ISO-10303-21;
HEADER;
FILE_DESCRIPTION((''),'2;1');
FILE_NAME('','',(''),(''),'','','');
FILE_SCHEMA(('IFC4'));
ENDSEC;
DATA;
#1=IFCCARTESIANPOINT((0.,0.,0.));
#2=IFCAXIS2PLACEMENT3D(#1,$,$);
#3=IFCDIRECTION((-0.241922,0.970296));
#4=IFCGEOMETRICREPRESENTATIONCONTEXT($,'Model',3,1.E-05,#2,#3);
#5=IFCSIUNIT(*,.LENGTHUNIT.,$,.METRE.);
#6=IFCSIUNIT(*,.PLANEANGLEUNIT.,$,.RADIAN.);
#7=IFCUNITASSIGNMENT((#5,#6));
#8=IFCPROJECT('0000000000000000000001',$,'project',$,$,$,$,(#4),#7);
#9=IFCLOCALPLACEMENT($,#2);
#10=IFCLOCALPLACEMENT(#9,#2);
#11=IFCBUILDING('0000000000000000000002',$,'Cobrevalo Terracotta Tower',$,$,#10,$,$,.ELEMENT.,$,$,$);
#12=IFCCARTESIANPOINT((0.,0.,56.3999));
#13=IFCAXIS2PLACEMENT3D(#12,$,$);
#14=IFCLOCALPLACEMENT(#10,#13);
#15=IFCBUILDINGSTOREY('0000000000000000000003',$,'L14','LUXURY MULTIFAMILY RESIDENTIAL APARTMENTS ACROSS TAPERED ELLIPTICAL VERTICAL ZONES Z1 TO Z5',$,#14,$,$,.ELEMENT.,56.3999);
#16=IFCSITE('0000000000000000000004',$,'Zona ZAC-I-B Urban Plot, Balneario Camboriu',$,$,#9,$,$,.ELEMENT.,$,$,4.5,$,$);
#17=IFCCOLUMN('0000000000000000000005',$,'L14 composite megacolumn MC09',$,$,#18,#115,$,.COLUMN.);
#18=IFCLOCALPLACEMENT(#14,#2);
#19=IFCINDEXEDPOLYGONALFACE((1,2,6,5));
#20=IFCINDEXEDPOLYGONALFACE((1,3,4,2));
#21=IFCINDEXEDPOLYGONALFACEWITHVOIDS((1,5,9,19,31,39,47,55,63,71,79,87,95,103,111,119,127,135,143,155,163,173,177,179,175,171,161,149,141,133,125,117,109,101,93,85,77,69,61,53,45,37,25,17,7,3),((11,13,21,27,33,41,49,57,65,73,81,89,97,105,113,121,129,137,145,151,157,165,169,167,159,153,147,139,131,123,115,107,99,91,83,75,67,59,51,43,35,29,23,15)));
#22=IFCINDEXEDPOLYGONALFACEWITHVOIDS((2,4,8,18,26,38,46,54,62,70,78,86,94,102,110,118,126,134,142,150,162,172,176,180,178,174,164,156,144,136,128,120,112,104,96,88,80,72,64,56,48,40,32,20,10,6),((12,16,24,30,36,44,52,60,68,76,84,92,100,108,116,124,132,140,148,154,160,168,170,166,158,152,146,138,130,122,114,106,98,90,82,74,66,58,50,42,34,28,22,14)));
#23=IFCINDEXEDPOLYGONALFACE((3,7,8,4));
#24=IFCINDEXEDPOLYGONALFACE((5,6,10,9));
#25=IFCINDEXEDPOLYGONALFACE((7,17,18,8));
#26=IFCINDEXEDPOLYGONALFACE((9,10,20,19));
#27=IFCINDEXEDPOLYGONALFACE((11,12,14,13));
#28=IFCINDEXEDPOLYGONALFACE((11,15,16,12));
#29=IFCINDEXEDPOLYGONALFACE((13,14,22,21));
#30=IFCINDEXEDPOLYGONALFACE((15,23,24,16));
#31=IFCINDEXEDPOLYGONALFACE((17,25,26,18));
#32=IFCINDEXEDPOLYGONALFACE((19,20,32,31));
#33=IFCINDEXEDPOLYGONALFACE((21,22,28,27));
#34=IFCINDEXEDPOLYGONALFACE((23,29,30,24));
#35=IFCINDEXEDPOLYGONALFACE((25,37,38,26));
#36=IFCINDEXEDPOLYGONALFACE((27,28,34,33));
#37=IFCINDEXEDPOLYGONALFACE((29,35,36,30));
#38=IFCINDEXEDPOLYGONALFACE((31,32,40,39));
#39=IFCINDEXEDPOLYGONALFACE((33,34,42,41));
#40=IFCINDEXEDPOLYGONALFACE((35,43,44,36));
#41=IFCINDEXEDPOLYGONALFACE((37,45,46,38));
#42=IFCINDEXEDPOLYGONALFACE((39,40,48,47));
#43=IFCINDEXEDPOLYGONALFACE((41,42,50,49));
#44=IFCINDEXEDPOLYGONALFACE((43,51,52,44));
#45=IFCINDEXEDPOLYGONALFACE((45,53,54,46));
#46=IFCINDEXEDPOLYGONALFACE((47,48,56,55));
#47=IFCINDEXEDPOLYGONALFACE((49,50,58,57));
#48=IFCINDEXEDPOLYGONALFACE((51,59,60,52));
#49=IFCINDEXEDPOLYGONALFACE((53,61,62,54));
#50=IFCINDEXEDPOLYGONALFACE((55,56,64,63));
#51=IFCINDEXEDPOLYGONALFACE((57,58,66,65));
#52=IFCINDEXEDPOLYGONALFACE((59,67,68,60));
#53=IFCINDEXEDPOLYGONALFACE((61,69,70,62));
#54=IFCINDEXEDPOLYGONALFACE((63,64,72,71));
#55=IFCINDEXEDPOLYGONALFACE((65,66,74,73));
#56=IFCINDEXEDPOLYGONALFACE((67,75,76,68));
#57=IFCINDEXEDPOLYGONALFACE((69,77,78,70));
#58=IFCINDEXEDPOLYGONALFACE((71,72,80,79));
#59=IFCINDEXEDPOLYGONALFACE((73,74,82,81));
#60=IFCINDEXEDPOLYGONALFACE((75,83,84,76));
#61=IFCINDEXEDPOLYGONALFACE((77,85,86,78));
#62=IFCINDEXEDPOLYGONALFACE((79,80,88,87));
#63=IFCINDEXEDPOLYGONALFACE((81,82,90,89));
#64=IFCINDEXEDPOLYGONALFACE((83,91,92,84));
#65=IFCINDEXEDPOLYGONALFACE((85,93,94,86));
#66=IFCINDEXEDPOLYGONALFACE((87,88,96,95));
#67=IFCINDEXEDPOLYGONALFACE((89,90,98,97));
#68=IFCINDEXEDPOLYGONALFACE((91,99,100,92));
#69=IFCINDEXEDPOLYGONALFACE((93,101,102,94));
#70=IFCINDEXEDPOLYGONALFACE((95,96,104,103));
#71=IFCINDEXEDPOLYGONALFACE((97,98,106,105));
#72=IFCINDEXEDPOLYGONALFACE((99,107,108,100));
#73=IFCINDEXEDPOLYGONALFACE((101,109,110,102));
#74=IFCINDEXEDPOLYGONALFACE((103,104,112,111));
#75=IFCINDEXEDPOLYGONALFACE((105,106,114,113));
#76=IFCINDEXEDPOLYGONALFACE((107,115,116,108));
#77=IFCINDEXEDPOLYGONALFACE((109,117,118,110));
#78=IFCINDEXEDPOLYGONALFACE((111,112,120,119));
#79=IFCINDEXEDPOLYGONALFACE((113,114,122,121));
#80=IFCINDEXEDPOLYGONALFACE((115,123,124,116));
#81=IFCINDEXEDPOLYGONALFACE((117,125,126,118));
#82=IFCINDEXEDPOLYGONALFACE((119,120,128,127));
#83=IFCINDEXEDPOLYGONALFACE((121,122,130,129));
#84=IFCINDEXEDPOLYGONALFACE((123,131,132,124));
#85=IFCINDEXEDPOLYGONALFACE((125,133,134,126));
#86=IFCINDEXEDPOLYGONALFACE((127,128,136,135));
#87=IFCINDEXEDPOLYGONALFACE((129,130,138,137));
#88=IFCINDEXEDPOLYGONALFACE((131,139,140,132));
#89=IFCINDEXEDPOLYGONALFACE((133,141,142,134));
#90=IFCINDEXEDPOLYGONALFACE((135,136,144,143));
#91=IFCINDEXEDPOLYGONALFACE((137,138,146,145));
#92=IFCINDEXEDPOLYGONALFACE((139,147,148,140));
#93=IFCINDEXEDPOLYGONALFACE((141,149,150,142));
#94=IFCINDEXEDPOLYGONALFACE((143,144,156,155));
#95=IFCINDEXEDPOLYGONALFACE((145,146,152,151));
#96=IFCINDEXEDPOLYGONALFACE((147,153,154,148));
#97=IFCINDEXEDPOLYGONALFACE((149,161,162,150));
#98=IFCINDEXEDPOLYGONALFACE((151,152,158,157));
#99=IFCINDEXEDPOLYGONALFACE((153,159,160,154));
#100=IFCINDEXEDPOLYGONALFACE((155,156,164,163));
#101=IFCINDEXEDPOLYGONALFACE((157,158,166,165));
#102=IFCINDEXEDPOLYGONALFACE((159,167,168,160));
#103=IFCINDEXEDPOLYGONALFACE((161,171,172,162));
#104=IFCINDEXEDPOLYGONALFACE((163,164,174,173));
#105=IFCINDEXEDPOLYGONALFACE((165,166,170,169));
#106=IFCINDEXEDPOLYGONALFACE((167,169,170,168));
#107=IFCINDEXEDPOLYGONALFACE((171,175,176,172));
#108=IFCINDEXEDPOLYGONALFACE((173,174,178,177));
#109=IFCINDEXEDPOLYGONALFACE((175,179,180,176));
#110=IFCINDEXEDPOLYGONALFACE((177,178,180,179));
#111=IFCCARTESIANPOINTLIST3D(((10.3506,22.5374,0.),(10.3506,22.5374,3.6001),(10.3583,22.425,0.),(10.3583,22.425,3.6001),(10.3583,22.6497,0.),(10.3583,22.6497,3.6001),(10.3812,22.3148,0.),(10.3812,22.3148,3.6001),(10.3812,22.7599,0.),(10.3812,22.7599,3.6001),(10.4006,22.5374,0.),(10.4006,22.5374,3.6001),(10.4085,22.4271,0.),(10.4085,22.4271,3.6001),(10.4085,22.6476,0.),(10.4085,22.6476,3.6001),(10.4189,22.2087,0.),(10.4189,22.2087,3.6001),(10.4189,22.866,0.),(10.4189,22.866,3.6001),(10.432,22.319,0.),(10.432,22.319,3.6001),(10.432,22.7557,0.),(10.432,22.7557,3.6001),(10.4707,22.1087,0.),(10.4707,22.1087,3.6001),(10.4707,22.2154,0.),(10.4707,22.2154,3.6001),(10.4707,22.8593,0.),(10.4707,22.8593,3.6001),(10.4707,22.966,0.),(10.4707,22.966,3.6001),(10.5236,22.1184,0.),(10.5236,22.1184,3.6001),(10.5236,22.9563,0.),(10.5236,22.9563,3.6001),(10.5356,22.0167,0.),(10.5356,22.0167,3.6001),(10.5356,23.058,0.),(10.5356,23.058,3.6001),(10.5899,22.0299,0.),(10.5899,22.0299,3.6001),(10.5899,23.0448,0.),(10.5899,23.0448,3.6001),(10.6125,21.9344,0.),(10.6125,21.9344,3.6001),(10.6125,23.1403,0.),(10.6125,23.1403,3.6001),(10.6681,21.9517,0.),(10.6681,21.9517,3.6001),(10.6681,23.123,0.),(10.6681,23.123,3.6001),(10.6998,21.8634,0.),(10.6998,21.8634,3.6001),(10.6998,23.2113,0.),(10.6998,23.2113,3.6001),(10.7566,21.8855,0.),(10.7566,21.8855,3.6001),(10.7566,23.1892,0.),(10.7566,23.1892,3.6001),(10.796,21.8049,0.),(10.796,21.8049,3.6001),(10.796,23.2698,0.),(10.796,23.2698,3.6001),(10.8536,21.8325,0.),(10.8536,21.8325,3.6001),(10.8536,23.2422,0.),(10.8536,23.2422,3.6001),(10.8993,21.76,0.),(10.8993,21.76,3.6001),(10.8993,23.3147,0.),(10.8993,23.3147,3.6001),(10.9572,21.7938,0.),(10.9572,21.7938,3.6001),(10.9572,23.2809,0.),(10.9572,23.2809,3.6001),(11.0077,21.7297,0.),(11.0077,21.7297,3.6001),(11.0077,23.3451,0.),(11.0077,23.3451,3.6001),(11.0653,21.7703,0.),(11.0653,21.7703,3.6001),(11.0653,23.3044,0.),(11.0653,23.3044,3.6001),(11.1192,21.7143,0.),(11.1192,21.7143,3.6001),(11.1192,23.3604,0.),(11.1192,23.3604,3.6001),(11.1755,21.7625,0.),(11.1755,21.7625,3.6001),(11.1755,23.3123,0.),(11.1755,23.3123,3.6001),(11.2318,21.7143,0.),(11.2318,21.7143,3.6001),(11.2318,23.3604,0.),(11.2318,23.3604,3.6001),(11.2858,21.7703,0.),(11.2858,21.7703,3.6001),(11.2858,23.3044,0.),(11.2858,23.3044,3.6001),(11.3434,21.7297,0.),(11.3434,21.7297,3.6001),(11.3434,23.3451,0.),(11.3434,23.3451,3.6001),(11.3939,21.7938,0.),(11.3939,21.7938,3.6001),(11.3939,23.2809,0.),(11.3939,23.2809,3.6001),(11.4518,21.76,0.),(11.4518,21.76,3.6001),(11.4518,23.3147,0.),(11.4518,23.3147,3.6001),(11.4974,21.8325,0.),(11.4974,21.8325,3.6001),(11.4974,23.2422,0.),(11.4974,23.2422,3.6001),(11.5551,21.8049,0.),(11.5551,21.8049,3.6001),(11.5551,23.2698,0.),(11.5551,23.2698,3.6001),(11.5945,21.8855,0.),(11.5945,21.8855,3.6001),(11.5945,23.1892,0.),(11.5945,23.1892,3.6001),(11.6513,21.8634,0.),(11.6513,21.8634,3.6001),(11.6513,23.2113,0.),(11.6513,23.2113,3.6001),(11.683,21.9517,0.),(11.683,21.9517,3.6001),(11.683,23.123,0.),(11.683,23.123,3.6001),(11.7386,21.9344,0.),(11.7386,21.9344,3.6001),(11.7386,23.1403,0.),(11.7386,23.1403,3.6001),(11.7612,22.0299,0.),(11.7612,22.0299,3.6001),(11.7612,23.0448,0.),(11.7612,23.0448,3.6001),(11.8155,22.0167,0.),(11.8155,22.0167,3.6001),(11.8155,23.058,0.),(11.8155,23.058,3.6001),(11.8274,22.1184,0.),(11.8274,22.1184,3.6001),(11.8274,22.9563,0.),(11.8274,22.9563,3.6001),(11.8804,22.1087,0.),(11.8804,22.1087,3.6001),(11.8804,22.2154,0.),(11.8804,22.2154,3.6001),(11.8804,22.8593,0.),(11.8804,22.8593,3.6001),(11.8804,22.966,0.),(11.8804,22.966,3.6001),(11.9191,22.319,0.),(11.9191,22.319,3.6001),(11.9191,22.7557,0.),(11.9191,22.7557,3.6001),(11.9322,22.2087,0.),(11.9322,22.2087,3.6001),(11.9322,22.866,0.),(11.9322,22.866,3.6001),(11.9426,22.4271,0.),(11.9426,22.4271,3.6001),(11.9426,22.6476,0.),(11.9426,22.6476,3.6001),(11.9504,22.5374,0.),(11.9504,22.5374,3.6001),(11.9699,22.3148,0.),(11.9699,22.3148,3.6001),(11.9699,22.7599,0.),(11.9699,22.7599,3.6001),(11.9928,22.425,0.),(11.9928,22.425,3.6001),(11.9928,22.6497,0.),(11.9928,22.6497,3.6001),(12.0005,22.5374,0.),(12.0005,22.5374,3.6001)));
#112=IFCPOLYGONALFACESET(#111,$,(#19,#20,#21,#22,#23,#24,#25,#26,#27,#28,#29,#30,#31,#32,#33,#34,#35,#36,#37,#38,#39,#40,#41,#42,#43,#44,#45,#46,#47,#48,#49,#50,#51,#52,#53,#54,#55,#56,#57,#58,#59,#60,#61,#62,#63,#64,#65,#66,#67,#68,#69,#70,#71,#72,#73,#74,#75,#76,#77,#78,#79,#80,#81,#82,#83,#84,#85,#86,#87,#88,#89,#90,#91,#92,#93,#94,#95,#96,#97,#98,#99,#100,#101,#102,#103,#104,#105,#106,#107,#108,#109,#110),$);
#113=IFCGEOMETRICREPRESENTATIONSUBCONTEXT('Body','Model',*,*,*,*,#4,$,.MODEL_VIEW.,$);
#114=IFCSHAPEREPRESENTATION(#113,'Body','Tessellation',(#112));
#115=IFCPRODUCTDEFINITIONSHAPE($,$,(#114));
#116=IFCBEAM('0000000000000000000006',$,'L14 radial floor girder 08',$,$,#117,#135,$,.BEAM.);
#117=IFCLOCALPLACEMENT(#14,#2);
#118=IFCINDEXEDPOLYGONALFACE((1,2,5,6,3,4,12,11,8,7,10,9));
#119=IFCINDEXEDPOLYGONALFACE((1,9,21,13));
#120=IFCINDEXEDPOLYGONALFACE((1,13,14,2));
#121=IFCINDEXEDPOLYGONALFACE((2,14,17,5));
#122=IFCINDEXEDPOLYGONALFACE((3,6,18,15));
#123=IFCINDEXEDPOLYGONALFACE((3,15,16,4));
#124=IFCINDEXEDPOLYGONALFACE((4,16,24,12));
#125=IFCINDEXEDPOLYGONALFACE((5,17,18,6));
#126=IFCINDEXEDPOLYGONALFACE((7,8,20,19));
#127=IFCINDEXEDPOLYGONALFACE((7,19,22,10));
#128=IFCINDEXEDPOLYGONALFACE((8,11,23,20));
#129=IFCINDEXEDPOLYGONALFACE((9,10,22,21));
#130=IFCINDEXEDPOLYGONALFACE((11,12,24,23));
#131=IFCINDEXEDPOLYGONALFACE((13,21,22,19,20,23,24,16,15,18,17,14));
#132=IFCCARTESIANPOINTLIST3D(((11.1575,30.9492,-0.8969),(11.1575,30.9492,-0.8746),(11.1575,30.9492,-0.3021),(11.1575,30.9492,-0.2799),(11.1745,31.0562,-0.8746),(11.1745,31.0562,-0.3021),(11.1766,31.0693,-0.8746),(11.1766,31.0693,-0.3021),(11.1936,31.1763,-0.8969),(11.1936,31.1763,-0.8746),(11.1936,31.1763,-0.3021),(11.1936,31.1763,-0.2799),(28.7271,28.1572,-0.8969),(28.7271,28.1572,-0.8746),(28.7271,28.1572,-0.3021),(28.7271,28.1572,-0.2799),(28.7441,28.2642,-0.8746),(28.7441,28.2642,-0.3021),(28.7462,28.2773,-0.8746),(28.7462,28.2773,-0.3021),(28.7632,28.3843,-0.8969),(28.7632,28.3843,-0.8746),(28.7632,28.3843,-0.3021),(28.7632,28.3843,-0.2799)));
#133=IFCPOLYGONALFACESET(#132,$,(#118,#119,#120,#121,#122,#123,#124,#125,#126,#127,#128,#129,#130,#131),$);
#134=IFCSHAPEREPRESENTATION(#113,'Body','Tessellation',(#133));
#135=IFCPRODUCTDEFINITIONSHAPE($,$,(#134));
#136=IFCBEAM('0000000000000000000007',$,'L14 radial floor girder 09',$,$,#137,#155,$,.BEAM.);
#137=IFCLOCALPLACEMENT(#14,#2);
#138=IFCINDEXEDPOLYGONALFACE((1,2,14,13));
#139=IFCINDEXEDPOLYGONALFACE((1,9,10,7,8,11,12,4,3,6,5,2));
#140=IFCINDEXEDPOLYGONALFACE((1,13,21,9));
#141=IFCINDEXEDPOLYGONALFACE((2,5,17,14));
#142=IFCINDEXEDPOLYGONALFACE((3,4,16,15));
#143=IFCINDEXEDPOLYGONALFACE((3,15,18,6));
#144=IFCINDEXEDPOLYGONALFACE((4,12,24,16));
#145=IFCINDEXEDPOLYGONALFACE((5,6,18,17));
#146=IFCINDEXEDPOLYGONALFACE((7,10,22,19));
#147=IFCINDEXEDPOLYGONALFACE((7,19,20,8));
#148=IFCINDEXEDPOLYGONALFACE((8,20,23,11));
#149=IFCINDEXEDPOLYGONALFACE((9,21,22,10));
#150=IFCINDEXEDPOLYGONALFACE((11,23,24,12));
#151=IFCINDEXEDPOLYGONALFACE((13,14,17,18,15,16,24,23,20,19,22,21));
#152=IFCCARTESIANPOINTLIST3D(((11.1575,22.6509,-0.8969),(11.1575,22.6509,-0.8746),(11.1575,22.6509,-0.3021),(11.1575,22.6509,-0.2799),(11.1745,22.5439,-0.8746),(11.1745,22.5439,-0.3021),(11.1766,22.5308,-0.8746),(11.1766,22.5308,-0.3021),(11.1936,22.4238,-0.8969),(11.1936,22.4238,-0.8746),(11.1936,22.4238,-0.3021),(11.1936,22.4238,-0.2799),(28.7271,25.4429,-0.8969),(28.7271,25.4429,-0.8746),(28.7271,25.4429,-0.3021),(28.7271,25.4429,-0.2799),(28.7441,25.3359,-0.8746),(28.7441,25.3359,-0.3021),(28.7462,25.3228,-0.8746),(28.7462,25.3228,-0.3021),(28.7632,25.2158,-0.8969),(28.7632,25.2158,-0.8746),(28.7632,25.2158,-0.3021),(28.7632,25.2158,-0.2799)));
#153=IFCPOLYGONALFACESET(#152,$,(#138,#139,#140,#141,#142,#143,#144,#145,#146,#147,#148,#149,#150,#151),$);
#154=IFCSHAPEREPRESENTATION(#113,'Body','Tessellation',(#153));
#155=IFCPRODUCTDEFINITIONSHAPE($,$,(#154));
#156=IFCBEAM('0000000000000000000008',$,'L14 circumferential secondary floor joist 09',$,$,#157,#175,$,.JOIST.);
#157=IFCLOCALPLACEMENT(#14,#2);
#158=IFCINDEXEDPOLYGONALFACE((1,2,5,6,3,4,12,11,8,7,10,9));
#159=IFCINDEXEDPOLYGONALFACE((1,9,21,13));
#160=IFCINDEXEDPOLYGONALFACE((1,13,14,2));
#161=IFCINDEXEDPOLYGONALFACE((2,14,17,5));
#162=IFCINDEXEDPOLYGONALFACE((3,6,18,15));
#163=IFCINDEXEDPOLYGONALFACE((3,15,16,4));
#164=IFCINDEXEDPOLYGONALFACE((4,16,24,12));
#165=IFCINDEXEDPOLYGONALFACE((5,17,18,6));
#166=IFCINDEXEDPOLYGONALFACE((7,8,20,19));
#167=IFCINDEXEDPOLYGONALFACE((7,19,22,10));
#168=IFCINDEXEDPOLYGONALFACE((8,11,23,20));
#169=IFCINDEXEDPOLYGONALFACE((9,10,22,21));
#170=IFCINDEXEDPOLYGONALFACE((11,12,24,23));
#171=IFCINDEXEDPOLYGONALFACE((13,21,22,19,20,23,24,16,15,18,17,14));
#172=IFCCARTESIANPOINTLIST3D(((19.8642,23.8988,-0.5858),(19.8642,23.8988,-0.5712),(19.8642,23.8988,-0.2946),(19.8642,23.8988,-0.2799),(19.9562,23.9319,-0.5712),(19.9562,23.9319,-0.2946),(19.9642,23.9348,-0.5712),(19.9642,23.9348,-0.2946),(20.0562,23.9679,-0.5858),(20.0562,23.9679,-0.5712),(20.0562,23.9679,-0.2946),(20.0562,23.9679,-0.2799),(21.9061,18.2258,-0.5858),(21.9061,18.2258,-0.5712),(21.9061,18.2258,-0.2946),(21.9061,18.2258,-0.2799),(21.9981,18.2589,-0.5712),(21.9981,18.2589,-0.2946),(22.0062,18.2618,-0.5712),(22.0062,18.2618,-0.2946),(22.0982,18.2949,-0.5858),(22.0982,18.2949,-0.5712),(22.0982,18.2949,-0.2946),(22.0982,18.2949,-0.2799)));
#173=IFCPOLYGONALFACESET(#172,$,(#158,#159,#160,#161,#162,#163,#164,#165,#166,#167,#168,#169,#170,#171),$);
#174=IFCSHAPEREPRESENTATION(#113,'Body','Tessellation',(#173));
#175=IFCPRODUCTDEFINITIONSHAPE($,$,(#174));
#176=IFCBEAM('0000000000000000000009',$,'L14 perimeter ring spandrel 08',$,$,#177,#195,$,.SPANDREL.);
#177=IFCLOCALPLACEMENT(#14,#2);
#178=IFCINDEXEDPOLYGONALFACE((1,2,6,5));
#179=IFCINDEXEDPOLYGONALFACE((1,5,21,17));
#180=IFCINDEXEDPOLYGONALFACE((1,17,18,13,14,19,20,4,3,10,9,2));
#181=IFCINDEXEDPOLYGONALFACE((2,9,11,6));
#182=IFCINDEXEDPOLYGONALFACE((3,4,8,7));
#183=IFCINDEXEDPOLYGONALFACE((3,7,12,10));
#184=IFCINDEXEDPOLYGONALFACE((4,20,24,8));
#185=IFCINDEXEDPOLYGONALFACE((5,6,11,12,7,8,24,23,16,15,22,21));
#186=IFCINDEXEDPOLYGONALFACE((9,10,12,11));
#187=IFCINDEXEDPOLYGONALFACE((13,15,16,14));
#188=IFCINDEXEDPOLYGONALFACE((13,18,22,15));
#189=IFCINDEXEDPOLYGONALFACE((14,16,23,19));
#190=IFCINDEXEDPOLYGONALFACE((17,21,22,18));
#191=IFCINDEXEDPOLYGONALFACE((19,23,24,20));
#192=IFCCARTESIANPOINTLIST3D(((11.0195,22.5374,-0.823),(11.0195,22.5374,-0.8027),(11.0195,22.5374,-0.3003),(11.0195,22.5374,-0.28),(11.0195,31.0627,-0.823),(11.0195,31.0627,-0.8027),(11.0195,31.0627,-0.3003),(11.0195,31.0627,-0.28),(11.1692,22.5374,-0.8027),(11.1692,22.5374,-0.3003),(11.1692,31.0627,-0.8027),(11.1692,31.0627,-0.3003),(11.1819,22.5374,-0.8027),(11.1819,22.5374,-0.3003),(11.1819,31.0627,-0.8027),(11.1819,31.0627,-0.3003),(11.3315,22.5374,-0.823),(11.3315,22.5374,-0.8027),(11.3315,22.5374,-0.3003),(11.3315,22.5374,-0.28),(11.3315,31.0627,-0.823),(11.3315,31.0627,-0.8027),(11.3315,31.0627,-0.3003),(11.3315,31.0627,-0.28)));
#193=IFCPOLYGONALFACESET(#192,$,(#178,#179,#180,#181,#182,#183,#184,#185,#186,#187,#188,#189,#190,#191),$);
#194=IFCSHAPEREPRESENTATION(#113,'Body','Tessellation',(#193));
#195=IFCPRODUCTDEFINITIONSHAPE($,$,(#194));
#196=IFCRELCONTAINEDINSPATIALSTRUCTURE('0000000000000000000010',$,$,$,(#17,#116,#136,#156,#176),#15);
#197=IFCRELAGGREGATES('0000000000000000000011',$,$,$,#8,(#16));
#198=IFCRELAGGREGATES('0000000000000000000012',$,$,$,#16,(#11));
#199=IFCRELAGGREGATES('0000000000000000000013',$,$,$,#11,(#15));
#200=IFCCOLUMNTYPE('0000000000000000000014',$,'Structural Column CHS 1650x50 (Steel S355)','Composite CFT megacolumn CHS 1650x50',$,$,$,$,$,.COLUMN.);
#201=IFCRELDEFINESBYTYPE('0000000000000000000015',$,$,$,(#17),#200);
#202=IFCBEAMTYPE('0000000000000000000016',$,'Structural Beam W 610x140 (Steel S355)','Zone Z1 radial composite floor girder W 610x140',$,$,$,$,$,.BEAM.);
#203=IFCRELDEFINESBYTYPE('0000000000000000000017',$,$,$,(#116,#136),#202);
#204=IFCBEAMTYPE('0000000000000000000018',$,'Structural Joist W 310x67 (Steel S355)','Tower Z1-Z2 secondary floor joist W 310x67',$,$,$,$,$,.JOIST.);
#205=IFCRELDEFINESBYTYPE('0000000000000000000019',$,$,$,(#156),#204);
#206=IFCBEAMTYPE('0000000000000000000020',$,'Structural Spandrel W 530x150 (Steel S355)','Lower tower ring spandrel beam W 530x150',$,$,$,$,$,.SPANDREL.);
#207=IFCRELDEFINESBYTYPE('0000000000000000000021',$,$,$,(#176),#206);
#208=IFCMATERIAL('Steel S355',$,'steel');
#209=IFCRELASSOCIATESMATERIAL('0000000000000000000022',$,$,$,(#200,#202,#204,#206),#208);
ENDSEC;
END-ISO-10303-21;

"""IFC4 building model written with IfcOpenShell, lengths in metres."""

from ifc_helpers import new_model, si_unit, direction, frame, origin, origin_2d, place, context, subcontext, project, spatial, hollow_circle, i_section, extrude, material, material_profile, profile_set, type_object, element, save


model = new_model("IFC4")

# Units and contexts
model_context = context("Model", 3, precision=1e-05, world=origin(), true_north=direction((-0.241922, 0.970296)))
body_context = subcontext(model_context, "Body", "Model", "MODEL_VIEW")
ifc_project = project(units=[si_unit("LENGTHUNIT", "METRE"), si_unit("PLANEANGLEUNIT", "RADIAN")], contexts=[model_context])

# Site, building, storey
site_placement = place(None, origin())
site = spatial("IfcSite", under=ifc_project, at=site_placement, Name="Zona ZAC-I-B Urban Plot, Balneario Camboriu", CompositionType="ELEMENT", RefElevation=4.5)
building_placement = place(site_placement, origin())
building = spatial("IfcBuilding", under=site, at=building_placement, Name="Cobrevalo Terracotta Tower", CompositionType="ELEMENT")
storey_placement = place(building_placement, frame((0.0, 0.0, 56.3999)))
storey = spatial("IfcBuildingStorey", under=building, at=storey_placement, Name="L14", Description="LUXURY MULTIFAMILY RESIDENTIAL APARTMENTS ACROSS TAPERED ELLIPTICAL VERTICAL ZONES Z1 TO Z5", CompositionType="ELEMENT", Elevation=56.3999)

# Column
ifc_material_1 = material(Name="Steel S355", Category="steel")
ifc_material_profile_1 = material_profile(ifc_material_1, hollow_circle(Radius=0.825, WallThickness=0.05, at=origin_2d()), Name="CHS 1650x50")
ifc_profile_set_1 = profile_set([ifc_material_profile_1], Name="Steel S355")
column_type = type_object("IfcColumnType", Name="Structural Column CHS 1650x50 (Steel S355)", Description="Composite CFT megacolumn CHS 1650x50", PredefinedType="COLUMN", material=ifc_profile_set_1)
for number, where, z_axis, x_axis, name in (
    (1, (11.1755, 22.5374, 0.0), (0.0, 0.0, 1.0), (1.0, 0.0, 0.0), "L14 composite megacolumn MC09"),
):
    element("IfcColumn", number, at=place(storey_placement, frame(where, z_axis=z_axis, x_axis=x_axis)), inside=storey, type_object=column_type, Name=name, PredefinedType="COLUMN", context=body_context, shape_type="SweptSolid", body=[
        extrude(hollow_circle(Radius=0.825, WallThickness=0.05, at=origin_2d()), origin(), (0.0, 0.0, 1.0), 3.6001),
    ])

# Beams
ifc_material_profile_2 = material_profile(ifc_material_1, i_section(OverallWidth=0.23, OverallDepth=0.6169, WebThickness=0.0132, FlangeThickness=0.0222, at=origin_2d()), Name="W 610x140")
ifc_profile_set_2 = profile_set([ifc_material_profile_2], Name="Steel S355")
beam_type_1 = type_object("IfcBeamType", Name="Structural Beam W 610x140 (Steel S355)", Description="Zone Z1 radial composite floor girder W 610x140", PredefinedType="BEAM", material=ifc_profile_set_2)
for number, where, z_axis, x_axis, name in (
    (2, (11.1755, 31.0627, -0.5884), (0.987608, -0.156941, 0.0), (0.156941, 0.987608, 0.0), "L14 radial floor girder 08"),
    (3, (11.1755, 22.5374, -0.5884), (0.987608, 0.156941, 0.0), (-0.156941, 0.987608, 0.0), "L14 radial floor girder 09"),
):
    element("IfcBeam", number, at=place(storey_placement, frame(where, z_axis=z_axis, x_axis=x_axis)), inside=storey, type_object=beam_type_1, Name=name, PredefinedType="BEAM", context=body_context, shape_type="SweptSolid", body=[
        extrude(i_section(OverallWidth=0.23, OverallDepth=0.6169, WebThickness=0.0132, FlangeThickness=0.0222, at=origin_2d()), origin(), (0.0, 0.0, 1.0), 17.79),
    ])
ifc_material_profile_3 = material_profile(ifc_material_1, i_section(OverallWidth=0.2041, OverallDepth=0.3059, WebThickness=0.0085, FlangeThickness=0.0146, at=origin_2d()), Name="W 310x67")
ifc_profile_set_3 = profile_set([ifc_material_profile_3], Name="Steel S355")
beam_type_2 = type_object("IfcBeamType", Name="Structural Joist W 310x67 (Steel S355)", Description="Tower Z1-Z2 secondary floor joist W 310x67", PredefinedType="JOIST", material=ifc_profile_set_3)
beam_1_placement = place(storey_placement, frame((19.9602, 23.9333, -0.4329), z_axis=(0.338672, -0.940904, 0.0), x_axis=(0.940904, 0.338672, 0.0)))
element("IfcBeam", 4, at=beam_1_placement, inside=storey, type_object=beam_type_2, Name="L14 circumferential secondary floor joist 09", PredefinedType="JOIST", context=body_context, shape_type="SweptSolid", body=[
    extrude(i_section(OverallWidth=0.2041, OverallDepth=0.3059, WebThickness=0.0085, FlangeThickness=0.0146, at=origin_2d()), origin(), (0.0, 0.0, 1.0), 6.0293),
])
ifc_material_profile_4 = material_profile(ifc_material_1, i_section(OverallWidth=0.312, OverallDepth=0.543, WebThickness=0.0127, FlangeThickness=0.0203, at=origin_2d()), Name="W 530x150")
ifc_profile_set_4 = profile_set([ifc_material_profile_4], Name="Steel S355")
beam_type_3 = type_object("IfcBeamType", Name="Structural Spandrel W 530x150 (Steel S355)", Description="Lower tower ring spandrel beam W 530x150", PredefinedType="SPANDREL", material=ifc_profile_set_4)
beam_2_placement = place(storey_placement, frame((11.1755, 31.0627, -0.5515), z_axis=(0.0, -1.0, 0.0), x_axis=(1.0, 0.0, 0.0)))
element("IfcBeam", 5, at=beam_2_placement, inside=storey, type_object=beam_type_3, Name="L14 perimeter ring spandrel 08", PredefinedType="SPANDREL", context=body_context, shape_type="SweptSolid", body=[
    extrude(i_section(OverallWidth=0.312, OverallDepth=0.543, WebThickness=0.0127, FlangeThickness=0.0203, at=origin_2d()), origin(), (0.0, 0.0, 1.0), 8.5254),
])

save(model, "model.ifc")
